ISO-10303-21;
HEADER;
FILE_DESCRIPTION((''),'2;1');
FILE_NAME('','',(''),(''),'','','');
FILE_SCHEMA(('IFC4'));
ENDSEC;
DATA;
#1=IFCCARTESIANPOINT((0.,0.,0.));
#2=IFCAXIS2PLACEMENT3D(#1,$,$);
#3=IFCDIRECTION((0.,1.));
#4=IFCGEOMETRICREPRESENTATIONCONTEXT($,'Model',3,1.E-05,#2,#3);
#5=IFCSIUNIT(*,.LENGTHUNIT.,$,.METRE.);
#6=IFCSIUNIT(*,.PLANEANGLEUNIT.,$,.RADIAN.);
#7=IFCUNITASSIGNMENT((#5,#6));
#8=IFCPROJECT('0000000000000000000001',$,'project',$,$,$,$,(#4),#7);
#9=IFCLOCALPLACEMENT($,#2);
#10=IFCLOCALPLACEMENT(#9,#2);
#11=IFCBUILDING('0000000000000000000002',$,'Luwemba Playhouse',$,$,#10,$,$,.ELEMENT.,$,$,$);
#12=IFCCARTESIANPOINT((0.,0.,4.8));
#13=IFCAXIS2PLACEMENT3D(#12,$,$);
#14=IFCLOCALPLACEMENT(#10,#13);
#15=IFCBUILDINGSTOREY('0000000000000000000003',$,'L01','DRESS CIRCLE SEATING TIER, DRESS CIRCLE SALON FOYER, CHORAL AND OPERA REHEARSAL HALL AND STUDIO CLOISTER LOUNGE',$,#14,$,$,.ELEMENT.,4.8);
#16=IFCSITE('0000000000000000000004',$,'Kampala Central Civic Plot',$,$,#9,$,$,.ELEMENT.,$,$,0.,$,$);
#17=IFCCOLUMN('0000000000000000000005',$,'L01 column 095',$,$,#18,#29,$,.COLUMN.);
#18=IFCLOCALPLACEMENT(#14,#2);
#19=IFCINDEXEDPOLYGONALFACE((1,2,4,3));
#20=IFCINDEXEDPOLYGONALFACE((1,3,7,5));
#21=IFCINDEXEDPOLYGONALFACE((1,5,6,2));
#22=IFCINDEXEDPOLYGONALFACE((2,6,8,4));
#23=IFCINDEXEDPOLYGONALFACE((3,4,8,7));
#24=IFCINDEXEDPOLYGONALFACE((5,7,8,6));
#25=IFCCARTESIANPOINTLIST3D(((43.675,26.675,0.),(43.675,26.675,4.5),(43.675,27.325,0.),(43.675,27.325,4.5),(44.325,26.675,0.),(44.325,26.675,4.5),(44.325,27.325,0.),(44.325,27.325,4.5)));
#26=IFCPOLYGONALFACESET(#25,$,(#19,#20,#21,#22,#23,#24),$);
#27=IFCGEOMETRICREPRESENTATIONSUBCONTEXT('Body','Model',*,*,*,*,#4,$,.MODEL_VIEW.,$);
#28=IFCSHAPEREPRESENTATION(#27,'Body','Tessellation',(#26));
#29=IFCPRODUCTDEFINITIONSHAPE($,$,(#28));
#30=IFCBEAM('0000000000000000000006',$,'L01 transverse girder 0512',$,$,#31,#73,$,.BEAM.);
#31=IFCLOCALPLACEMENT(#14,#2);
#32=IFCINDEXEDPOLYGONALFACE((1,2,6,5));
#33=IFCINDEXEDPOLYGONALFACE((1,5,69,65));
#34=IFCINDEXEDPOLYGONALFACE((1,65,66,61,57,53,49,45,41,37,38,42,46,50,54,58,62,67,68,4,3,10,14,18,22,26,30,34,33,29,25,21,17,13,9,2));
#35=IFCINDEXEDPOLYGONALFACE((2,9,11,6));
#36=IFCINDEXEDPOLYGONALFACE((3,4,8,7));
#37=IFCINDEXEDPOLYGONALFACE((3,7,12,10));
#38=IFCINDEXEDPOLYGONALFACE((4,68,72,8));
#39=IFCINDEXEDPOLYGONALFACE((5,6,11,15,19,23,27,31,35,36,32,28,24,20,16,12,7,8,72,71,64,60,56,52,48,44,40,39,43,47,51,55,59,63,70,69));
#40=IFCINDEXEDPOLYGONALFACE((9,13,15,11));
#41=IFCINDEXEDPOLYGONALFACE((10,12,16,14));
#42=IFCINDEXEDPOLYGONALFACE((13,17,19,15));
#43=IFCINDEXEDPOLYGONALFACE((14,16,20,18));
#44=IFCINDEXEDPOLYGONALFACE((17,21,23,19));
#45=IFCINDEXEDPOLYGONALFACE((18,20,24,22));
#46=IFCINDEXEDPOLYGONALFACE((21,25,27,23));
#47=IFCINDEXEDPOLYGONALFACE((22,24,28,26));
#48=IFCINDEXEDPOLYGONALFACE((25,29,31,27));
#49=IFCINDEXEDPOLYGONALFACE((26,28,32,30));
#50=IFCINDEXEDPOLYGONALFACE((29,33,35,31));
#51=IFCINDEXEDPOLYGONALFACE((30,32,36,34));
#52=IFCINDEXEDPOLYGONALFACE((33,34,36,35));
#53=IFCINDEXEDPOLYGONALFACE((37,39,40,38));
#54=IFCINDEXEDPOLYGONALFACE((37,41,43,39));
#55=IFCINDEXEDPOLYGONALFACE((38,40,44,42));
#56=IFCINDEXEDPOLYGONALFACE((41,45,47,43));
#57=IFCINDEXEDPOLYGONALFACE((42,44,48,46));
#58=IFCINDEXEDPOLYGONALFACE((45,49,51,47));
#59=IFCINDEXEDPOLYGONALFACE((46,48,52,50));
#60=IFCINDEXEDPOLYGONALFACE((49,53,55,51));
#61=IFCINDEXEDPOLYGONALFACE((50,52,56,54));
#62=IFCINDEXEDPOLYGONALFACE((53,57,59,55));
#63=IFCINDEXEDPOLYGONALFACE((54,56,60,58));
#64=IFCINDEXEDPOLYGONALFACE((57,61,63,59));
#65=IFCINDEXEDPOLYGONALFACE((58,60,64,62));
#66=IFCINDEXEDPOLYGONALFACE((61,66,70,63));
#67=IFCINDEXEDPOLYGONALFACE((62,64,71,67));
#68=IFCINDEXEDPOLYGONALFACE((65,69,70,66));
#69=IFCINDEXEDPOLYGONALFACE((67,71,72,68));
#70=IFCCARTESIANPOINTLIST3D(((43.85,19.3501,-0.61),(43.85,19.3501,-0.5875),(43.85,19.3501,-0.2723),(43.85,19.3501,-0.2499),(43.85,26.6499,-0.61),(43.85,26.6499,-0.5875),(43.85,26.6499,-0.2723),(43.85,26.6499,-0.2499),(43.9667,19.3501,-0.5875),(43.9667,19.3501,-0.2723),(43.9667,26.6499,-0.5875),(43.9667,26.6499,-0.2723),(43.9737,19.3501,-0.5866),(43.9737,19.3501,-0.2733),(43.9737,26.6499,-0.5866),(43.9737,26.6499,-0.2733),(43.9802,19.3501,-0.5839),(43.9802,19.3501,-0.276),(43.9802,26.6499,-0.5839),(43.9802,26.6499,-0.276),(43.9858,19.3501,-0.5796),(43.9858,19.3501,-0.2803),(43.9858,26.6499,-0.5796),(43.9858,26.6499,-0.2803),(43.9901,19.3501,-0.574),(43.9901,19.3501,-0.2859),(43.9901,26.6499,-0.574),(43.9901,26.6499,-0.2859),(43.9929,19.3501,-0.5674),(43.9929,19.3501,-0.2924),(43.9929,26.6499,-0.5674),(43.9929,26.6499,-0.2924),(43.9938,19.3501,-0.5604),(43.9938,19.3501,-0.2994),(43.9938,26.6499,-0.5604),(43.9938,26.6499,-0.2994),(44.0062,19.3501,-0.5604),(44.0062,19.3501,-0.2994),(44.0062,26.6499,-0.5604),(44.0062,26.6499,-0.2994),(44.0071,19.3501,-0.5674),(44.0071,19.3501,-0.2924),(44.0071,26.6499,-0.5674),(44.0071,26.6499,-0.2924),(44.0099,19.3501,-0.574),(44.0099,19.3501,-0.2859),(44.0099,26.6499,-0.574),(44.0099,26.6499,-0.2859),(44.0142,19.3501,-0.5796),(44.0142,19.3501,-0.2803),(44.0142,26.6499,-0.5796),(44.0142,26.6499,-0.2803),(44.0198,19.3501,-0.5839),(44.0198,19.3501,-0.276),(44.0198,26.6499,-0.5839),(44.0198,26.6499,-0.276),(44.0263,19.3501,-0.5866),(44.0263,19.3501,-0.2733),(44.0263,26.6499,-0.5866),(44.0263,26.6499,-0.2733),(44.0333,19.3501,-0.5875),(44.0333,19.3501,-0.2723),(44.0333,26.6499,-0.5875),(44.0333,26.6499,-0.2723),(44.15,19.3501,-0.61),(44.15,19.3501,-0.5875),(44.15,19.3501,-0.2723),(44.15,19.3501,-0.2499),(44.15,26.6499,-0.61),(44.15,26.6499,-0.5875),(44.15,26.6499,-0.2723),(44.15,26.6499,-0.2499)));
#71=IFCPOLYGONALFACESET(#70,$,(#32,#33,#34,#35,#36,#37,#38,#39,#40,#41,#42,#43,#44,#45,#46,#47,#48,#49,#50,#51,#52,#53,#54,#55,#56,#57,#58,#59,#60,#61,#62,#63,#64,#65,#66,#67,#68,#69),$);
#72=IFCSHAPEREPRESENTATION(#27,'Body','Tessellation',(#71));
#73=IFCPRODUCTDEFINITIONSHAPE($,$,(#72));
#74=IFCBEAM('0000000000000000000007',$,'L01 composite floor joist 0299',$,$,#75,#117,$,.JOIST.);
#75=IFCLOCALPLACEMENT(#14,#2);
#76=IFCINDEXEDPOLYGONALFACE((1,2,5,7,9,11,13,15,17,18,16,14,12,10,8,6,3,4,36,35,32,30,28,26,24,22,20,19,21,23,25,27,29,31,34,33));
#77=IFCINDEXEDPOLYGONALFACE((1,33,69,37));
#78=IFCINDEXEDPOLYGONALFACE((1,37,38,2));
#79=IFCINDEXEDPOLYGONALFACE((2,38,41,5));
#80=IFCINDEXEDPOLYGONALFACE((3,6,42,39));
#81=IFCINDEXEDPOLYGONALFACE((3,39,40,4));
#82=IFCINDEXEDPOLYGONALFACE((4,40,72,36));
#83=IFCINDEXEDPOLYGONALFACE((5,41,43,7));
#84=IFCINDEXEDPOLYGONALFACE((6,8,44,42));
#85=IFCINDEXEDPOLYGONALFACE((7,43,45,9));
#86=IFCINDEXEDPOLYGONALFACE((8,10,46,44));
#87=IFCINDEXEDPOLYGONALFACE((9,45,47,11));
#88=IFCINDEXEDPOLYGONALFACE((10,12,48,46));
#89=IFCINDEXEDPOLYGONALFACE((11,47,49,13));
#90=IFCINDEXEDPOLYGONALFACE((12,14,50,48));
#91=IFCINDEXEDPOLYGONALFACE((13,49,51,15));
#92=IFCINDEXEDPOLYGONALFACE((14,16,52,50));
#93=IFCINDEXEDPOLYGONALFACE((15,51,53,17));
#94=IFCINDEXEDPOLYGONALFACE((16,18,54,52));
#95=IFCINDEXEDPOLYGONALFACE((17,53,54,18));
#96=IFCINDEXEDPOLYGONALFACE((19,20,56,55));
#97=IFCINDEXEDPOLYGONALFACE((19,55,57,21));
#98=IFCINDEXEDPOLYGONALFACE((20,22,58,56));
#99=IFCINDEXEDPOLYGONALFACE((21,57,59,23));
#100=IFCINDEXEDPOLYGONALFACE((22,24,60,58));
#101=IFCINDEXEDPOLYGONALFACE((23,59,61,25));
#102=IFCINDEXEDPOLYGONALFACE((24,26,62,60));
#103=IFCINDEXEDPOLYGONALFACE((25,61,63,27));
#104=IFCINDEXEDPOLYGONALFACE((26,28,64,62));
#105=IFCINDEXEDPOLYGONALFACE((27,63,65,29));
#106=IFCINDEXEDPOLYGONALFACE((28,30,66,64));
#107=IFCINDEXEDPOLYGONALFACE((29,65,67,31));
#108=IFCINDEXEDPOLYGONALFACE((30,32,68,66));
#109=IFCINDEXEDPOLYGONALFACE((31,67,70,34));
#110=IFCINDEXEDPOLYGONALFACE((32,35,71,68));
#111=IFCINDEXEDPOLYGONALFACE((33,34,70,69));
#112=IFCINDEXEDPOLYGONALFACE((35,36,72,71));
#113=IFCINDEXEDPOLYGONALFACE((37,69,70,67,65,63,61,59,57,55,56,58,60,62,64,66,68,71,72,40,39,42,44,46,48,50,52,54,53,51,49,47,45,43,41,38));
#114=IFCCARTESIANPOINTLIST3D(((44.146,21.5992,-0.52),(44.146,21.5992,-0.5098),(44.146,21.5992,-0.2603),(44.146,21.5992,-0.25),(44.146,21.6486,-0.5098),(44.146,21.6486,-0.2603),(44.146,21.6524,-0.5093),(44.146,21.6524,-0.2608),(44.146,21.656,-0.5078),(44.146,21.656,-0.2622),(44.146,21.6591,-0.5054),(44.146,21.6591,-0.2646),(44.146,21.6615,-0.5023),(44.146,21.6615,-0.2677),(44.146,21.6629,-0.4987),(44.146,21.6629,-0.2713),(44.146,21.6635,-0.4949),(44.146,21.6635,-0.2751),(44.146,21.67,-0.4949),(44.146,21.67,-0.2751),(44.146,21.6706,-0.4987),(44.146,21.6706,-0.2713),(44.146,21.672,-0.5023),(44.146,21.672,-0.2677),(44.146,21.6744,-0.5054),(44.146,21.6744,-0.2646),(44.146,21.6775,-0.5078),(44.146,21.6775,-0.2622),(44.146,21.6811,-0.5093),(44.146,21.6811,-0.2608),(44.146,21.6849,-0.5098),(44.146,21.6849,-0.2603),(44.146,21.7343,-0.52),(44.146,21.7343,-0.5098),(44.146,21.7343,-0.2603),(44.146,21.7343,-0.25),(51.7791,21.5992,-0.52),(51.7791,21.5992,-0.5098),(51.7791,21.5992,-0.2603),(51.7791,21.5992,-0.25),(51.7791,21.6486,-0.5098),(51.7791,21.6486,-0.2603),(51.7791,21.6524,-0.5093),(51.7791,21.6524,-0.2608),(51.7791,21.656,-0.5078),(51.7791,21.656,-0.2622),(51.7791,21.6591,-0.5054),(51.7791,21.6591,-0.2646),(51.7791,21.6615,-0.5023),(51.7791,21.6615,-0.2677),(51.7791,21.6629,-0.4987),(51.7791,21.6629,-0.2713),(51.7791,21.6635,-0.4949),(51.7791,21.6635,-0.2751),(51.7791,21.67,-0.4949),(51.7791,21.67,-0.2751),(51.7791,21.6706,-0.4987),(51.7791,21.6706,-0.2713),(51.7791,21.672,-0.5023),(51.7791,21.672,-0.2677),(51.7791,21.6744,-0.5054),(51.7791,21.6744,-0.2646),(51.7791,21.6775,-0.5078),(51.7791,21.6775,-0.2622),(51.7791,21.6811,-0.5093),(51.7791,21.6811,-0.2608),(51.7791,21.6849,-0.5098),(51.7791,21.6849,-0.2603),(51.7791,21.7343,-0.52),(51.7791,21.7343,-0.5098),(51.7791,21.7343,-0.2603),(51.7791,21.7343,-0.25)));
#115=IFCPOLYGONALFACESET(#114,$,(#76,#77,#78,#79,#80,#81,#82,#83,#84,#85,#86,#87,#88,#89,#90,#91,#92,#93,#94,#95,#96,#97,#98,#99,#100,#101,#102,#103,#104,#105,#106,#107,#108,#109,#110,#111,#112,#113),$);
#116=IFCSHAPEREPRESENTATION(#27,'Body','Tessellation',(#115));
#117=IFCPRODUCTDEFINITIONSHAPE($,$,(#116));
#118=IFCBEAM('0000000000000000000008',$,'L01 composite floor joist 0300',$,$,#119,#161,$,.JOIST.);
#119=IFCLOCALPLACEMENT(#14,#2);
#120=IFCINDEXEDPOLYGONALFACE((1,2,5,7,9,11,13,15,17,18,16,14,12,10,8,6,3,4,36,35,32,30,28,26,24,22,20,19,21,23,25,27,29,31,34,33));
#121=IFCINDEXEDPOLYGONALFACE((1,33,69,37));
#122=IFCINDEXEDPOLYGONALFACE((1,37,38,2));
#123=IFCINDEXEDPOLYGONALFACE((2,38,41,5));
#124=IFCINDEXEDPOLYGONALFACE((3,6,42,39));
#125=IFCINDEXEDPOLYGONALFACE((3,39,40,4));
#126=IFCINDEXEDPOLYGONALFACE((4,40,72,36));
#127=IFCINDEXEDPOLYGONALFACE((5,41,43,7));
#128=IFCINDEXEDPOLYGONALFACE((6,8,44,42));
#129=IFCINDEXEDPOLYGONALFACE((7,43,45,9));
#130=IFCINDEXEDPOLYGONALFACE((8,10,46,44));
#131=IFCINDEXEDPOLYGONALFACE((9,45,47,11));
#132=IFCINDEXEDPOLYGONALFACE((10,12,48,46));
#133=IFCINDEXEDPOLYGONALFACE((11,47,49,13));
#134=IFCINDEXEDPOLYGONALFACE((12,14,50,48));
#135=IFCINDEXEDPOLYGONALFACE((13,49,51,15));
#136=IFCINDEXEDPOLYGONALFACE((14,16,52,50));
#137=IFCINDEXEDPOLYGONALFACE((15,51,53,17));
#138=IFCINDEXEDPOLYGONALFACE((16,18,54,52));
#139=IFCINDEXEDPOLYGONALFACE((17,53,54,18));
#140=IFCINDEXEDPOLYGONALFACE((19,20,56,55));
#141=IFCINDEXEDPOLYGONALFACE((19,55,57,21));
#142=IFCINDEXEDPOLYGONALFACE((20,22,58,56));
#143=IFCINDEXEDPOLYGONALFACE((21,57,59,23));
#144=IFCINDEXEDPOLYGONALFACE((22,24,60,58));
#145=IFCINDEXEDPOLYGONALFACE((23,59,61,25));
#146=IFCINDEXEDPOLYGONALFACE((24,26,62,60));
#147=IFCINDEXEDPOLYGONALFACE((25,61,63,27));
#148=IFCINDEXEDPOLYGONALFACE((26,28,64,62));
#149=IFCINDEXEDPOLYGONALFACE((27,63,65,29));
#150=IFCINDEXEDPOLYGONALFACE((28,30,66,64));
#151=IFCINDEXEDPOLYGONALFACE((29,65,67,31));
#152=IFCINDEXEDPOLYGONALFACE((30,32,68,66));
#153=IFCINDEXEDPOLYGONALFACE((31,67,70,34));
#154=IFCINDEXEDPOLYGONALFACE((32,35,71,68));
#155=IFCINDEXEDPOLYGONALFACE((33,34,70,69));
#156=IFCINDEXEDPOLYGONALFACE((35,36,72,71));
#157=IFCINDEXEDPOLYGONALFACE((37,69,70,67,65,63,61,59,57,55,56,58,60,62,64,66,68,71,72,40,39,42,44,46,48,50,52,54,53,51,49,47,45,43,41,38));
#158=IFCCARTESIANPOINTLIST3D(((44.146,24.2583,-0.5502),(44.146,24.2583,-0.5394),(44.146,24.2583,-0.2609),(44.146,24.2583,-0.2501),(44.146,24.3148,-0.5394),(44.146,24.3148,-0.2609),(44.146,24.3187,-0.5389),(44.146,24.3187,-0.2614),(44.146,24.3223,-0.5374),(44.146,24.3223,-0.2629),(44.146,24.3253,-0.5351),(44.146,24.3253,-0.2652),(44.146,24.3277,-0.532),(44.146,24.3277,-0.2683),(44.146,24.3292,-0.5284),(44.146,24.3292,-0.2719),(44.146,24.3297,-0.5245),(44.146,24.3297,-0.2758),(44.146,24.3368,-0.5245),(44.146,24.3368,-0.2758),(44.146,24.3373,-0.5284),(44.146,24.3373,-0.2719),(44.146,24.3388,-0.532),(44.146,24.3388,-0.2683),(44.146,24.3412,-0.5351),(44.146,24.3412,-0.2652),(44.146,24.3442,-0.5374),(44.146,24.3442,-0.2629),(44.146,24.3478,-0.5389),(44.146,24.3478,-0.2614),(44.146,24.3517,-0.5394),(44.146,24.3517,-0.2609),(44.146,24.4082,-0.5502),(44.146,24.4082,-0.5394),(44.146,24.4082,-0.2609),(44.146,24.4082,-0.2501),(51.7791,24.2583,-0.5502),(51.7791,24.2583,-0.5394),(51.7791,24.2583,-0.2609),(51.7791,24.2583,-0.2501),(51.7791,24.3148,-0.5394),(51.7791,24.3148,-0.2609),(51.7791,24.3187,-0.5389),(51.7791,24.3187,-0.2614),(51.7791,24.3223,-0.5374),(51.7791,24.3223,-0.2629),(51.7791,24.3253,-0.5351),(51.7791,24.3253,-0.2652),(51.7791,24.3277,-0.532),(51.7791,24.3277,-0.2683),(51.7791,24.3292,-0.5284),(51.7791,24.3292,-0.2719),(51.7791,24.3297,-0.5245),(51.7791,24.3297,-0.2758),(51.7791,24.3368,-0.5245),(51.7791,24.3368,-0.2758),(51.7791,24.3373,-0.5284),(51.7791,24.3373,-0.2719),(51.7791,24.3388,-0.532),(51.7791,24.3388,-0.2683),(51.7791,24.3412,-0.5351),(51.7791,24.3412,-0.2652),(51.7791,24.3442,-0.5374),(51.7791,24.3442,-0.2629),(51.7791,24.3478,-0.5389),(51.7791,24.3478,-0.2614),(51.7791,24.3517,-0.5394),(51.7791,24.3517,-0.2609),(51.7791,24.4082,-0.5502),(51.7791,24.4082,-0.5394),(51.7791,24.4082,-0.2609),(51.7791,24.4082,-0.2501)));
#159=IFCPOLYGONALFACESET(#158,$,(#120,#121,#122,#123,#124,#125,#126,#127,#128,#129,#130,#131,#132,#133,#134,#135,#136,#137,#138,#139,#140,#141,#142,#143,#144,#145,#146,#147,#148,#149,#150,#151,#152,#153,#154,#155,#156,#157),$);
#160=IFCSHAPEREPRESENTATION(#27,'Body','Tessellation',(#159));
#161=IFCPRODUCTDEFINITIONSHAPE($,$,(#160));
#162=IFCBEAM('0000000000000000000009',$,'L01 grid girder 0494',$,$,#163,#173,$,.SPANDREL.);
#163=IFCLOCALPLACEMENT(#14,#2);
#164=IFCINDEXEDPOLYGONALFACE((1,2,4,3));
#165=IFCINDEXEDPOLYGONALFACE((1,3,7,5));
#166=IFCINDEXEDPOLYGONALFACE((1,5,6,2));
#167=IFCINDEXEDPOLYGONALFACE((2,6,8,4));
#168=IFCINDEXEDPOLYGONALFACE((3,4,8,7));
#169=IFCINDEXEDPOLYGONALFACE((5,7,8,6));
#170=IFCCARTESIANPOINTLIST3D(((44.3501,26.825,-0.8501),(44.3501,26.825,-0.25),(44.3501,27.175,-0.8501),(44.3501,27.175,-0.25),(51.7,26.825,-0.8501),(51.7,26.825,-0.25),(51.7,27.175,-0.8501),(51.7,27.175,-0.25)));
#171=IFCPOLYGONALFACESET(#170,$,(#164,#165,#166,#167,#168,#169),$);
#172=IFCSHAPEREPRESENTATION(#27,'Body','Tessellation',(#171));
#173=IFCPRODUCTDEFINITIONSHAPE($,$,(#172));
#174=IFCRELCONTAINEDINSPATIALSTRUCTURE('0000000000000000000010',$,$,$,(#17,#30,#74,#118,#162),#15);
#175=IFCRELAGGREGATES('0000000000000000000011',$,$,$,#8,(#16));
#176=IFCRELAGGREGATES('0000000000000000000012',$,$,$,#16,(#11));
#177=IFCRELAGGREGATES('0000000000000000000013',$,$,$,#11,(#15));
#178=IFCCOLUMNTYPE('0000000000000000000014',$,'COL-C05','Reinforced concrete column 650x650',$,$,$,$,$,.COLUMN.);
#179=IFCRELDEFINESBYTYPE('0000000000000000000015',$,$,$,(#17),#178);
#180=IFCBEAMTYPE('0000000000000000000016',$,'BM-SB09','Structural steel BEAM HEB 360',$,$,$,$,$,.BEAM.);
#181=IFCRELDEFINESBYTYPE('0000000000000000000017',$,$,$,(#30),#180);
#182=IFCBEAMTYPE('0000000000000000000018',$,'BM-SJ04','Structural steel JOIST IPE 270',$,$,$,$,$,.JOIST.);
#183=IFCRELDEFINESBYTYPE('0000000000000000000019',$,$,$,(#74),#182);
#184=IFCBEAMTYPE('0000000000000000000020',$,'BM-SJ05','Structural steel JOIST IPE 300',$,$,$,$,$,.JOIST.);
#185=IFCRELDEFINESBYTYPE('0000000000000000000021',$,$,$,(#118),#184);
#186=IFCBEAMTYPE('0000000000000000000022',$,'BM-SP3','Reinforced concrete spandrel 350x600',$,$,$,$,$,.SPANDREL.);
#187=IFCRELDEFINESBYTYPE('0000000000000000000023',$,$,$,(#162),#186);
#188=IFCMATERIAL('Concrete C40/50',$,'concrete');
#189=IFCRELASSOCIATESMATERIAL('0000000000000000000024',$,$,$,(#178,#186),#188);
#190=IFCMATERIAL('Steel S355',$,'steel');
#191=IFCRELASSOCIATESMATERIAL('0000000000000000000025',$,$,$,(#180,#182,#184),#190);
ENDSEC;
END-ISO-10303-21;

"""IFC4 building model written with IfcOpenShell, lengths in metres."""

from ifc_helpers import new_model, si_unit, direction, frame, origin, origin_2d, place, context, subcontext, project, spatial, rectangle, i_section, extrude, material, material_profile, profile_set, type_object, element, save


model = new_model("IFC4")

# Units and contexts
model_context = context("Model", 3, precision=1e-05, world=origin(), true_north=direction((0.0, 1.0)))
body_context = subcontext(model_context, "Body", "Model", "MODEL_VIEW")
ifc_project = project(units=[si_unit("LENGTHUNIT", "METRE"), si_unit("PLANEANGLEUNIT", "RADIAN")], contexts=[model_context])

# Site, building, storey
site_placement = place(None, origin())
site = spatial("IfcSite", under=ifc_project, at=site_placement, Name="Kampala Central Civic Plot", CompositionType="ELEMENT", RefElevation=0.0)
building_placement = place(site_placement, origin())
building = spatial("IfcBuilding", under=site, at=building_placement, Name="Luwemba Playhouse", CompositionType="ELEMENT")
storey_placement = place(building_placement, frame((0.0, 0.0, 4.8)))
storey = spatial("IfcBuildingStorey", under=building, at=storey_placement, Name="L01", Description="DRESS CIRCLE SEATING TIER, DRESS CIRCLE SALON FOYER, CHORAL AND OPERA REHEARSAL HALL AND STUDIO CLOISTER LOUNGE", CompositionType="ELEMENT", Elevation=4.8)

# Column
ifc_material_1 = material(Name="Concrete C40/50", Category="concrete")
ifc_material_profile_1 = material_profile(ifc_material_1, rectangle(XDim=0.6499, YDim=0.6499, at=origin_2d()))
ifc_profile_set_1 = profile_set([ifc_material_profile_1], Name="Concrete C40/50")
column_type = type_object("IfcColumnType", Name="COL-C05", Description="Reinforced concrete column 650x650", PredefinedType="COLUMN", material=ifc_profile_set_1)
column_placement = place(storey_placement, frame((44.0, 27.0, 0.0), z_axis=(0.0, 0.0, 1.0), x_axis=(1.0, 0.0, 0.0)))
element("IfcColumn", 1, at=column_placement, inside=storey, type_object=column_type, Name="L01 column 095", PredefinedType="COLUMN", context=body_context, shape_type="SweptSolid", body=[
    extrude(rectangle(XDim=0.6499, YDim=0.6499, at=origin_2d()), origin(), (0.0, 0.0, 1.0), 4.5),
])

# Beams
ifc_material_2 = material(Name="Steel S355", Category="steel")
ifc_material_profile_2 = material_profile(ifc_material_2, i_section(OverallWidth=0.3, OverallDepth=0.3601, WebThickness=0.0125, FlangeThickness=0.0225, FilletRadius=0.0271, at=origin_2d()))
ifc_profile_set_2 = profile_set([ifc_material_profile_2], Name="Steel S355")
beam_type_1 = type_object("IfcBeamType", Name="BM-SB09", Description="Structural steel BEAM HEB 360", PredefinedType="BEAM", material=ifc_profile_set_2)
beam_1_placement = place(storey_placement, frame((44.0, 19.3501, -0.4299), z_axis=(0.0, 1.0, 0.0), x_axis=(-1.0, 0.0, 0.0)))
element("IfcBeam", 2, at=beam_1_placement, inside=storey, type_object=beam_type_1, Name="L01 transverse girder 0512", PredefinedType="BEAM", context=body_context, shape_type="SweptSolid", body=[
    extrude(i_section(OverallWidth=0.3, OverallDepth=0.3601, WebThickness=0.0125, FlangeThickness=0.0225, FilletRadius=0.0271, at=origin_2d()), origin(), (0.0, 0.0, 1.0), 7.2998),
])
ifc_material_profile_3 = material_profile(ifc_material_2, i_section(OverallWidth=0.135, OverallDepth=0.27, WebThickness=0.0066, FlangeThickness=0.0103, FilletRadius=0.0149, at=origin_2d()))
ifc_profile_set_3 = profile_set([ifc_material_profile_3], Name="Steel S355")
beam_type_2 = type_object("IfcBeamType", Name="BM-SJ04", Description="Structural steel JOIST IPE 270", PredefinedType="JOIST", material=ifc_profile_set_3)
beam_2_placement = place(storey_placement, frame((44.146, 21.6667, -0.385), z_axis=(1.0, 0.0, 0.0), x_axis=(0.0, 1.0, 0.0)))
element("IfcBeam", 3, at=beam_2_placement, inside=storey, type_object=beam_type_2, Name="L01 composite floor joist 0299", PredefinedType="JOIST", context=body_context, shape_type="SweptSolid", body=[
    extrude(i_section(OverallWidth=0.135, OverallDepth=0.27, WebThickness=0.0066, FlangeThickness=0.0103, FilletRadius=0.0149, at=origin_2d()), origin(), (0.0, 0.0, 1.0), 7.6331),
])
ifc_material_profile_4 = material_profile(ifc_material_2, i_section(OverallWidth=0.1499, OverallDepth=0.3, WebThickness=0.0071, FlangeThickness=0.0107, FilletRadius=0.0149, at=origin_2d()))
ifc_profile_set_4 = profile_set([ifc_material_profile_4], Name="Steel S355")
beam_type_3 = type_object("IfcBeamType", Name="BM-SJ05", Description="Structural steel JOIST IPE 300", PredefinedType="JOIST", material=ifc_profile_set_4)
beam_3_placement = place(storey_placement, frame((44.146, 24.3333, -0.4001), z_axis=(1.0, 0.0, 0.0), x_axis=(0.0, 1.0, 0.0)))
element("IfcBeam", 4, at=beam_3_placement, inside=storey, type_object=beam_type_3, Name="L01 composite floor joist 0300", PredefinedType="JOIST", context=body_context, shape_type="SweptSolid", body=[
    extrude(i_section(OverallWidth=0.1499, OverallDepth=0.3, WebThickness=0.0071, FlangeThickness=0.0107, FilletRadius=0.0149, at=origin_2d()), origin(), (0.0, 0.0, 1.0), 7.6331),
])
ifc_material_profile_5 = material_profile(ifc_material_1, rectangle(XDim=0.3501, YDim=0.6001, at=origin_2d()))
ifc_profile_set_5 = profile_set([ifc_material_profile_5], Name="Concrete C40/50")
beam_type_4 = type_object("IfcBeamType", Name="BM-SP3", Description="Reinforced concrete spandrel 350x600", PredefinedType="SPANDREL", material=ifc_profile_set_5)
beam_4_placement = place(storey_placement, frame((44.3501, 27.0, -0.55), z_axis=(1.0, 0.0, 0.0), x_axis=(0.0, 1.0, 0.0)))
element("IfcBeam", 5, at=beam_4_placement, inside=storey, type_object=beam_type_4, Name="L01 grid girder 0494", PredefinedType="SPANDREL", context=body_context, shape_type="SweptSolid", body=[
    extrude(rectangle(XDim=0.3501, YDim=0.6001, at=origin_2d()), origin(), (0.0, 0.0, 1.0), 7.3499),
])

save(model, "model.ifc")
